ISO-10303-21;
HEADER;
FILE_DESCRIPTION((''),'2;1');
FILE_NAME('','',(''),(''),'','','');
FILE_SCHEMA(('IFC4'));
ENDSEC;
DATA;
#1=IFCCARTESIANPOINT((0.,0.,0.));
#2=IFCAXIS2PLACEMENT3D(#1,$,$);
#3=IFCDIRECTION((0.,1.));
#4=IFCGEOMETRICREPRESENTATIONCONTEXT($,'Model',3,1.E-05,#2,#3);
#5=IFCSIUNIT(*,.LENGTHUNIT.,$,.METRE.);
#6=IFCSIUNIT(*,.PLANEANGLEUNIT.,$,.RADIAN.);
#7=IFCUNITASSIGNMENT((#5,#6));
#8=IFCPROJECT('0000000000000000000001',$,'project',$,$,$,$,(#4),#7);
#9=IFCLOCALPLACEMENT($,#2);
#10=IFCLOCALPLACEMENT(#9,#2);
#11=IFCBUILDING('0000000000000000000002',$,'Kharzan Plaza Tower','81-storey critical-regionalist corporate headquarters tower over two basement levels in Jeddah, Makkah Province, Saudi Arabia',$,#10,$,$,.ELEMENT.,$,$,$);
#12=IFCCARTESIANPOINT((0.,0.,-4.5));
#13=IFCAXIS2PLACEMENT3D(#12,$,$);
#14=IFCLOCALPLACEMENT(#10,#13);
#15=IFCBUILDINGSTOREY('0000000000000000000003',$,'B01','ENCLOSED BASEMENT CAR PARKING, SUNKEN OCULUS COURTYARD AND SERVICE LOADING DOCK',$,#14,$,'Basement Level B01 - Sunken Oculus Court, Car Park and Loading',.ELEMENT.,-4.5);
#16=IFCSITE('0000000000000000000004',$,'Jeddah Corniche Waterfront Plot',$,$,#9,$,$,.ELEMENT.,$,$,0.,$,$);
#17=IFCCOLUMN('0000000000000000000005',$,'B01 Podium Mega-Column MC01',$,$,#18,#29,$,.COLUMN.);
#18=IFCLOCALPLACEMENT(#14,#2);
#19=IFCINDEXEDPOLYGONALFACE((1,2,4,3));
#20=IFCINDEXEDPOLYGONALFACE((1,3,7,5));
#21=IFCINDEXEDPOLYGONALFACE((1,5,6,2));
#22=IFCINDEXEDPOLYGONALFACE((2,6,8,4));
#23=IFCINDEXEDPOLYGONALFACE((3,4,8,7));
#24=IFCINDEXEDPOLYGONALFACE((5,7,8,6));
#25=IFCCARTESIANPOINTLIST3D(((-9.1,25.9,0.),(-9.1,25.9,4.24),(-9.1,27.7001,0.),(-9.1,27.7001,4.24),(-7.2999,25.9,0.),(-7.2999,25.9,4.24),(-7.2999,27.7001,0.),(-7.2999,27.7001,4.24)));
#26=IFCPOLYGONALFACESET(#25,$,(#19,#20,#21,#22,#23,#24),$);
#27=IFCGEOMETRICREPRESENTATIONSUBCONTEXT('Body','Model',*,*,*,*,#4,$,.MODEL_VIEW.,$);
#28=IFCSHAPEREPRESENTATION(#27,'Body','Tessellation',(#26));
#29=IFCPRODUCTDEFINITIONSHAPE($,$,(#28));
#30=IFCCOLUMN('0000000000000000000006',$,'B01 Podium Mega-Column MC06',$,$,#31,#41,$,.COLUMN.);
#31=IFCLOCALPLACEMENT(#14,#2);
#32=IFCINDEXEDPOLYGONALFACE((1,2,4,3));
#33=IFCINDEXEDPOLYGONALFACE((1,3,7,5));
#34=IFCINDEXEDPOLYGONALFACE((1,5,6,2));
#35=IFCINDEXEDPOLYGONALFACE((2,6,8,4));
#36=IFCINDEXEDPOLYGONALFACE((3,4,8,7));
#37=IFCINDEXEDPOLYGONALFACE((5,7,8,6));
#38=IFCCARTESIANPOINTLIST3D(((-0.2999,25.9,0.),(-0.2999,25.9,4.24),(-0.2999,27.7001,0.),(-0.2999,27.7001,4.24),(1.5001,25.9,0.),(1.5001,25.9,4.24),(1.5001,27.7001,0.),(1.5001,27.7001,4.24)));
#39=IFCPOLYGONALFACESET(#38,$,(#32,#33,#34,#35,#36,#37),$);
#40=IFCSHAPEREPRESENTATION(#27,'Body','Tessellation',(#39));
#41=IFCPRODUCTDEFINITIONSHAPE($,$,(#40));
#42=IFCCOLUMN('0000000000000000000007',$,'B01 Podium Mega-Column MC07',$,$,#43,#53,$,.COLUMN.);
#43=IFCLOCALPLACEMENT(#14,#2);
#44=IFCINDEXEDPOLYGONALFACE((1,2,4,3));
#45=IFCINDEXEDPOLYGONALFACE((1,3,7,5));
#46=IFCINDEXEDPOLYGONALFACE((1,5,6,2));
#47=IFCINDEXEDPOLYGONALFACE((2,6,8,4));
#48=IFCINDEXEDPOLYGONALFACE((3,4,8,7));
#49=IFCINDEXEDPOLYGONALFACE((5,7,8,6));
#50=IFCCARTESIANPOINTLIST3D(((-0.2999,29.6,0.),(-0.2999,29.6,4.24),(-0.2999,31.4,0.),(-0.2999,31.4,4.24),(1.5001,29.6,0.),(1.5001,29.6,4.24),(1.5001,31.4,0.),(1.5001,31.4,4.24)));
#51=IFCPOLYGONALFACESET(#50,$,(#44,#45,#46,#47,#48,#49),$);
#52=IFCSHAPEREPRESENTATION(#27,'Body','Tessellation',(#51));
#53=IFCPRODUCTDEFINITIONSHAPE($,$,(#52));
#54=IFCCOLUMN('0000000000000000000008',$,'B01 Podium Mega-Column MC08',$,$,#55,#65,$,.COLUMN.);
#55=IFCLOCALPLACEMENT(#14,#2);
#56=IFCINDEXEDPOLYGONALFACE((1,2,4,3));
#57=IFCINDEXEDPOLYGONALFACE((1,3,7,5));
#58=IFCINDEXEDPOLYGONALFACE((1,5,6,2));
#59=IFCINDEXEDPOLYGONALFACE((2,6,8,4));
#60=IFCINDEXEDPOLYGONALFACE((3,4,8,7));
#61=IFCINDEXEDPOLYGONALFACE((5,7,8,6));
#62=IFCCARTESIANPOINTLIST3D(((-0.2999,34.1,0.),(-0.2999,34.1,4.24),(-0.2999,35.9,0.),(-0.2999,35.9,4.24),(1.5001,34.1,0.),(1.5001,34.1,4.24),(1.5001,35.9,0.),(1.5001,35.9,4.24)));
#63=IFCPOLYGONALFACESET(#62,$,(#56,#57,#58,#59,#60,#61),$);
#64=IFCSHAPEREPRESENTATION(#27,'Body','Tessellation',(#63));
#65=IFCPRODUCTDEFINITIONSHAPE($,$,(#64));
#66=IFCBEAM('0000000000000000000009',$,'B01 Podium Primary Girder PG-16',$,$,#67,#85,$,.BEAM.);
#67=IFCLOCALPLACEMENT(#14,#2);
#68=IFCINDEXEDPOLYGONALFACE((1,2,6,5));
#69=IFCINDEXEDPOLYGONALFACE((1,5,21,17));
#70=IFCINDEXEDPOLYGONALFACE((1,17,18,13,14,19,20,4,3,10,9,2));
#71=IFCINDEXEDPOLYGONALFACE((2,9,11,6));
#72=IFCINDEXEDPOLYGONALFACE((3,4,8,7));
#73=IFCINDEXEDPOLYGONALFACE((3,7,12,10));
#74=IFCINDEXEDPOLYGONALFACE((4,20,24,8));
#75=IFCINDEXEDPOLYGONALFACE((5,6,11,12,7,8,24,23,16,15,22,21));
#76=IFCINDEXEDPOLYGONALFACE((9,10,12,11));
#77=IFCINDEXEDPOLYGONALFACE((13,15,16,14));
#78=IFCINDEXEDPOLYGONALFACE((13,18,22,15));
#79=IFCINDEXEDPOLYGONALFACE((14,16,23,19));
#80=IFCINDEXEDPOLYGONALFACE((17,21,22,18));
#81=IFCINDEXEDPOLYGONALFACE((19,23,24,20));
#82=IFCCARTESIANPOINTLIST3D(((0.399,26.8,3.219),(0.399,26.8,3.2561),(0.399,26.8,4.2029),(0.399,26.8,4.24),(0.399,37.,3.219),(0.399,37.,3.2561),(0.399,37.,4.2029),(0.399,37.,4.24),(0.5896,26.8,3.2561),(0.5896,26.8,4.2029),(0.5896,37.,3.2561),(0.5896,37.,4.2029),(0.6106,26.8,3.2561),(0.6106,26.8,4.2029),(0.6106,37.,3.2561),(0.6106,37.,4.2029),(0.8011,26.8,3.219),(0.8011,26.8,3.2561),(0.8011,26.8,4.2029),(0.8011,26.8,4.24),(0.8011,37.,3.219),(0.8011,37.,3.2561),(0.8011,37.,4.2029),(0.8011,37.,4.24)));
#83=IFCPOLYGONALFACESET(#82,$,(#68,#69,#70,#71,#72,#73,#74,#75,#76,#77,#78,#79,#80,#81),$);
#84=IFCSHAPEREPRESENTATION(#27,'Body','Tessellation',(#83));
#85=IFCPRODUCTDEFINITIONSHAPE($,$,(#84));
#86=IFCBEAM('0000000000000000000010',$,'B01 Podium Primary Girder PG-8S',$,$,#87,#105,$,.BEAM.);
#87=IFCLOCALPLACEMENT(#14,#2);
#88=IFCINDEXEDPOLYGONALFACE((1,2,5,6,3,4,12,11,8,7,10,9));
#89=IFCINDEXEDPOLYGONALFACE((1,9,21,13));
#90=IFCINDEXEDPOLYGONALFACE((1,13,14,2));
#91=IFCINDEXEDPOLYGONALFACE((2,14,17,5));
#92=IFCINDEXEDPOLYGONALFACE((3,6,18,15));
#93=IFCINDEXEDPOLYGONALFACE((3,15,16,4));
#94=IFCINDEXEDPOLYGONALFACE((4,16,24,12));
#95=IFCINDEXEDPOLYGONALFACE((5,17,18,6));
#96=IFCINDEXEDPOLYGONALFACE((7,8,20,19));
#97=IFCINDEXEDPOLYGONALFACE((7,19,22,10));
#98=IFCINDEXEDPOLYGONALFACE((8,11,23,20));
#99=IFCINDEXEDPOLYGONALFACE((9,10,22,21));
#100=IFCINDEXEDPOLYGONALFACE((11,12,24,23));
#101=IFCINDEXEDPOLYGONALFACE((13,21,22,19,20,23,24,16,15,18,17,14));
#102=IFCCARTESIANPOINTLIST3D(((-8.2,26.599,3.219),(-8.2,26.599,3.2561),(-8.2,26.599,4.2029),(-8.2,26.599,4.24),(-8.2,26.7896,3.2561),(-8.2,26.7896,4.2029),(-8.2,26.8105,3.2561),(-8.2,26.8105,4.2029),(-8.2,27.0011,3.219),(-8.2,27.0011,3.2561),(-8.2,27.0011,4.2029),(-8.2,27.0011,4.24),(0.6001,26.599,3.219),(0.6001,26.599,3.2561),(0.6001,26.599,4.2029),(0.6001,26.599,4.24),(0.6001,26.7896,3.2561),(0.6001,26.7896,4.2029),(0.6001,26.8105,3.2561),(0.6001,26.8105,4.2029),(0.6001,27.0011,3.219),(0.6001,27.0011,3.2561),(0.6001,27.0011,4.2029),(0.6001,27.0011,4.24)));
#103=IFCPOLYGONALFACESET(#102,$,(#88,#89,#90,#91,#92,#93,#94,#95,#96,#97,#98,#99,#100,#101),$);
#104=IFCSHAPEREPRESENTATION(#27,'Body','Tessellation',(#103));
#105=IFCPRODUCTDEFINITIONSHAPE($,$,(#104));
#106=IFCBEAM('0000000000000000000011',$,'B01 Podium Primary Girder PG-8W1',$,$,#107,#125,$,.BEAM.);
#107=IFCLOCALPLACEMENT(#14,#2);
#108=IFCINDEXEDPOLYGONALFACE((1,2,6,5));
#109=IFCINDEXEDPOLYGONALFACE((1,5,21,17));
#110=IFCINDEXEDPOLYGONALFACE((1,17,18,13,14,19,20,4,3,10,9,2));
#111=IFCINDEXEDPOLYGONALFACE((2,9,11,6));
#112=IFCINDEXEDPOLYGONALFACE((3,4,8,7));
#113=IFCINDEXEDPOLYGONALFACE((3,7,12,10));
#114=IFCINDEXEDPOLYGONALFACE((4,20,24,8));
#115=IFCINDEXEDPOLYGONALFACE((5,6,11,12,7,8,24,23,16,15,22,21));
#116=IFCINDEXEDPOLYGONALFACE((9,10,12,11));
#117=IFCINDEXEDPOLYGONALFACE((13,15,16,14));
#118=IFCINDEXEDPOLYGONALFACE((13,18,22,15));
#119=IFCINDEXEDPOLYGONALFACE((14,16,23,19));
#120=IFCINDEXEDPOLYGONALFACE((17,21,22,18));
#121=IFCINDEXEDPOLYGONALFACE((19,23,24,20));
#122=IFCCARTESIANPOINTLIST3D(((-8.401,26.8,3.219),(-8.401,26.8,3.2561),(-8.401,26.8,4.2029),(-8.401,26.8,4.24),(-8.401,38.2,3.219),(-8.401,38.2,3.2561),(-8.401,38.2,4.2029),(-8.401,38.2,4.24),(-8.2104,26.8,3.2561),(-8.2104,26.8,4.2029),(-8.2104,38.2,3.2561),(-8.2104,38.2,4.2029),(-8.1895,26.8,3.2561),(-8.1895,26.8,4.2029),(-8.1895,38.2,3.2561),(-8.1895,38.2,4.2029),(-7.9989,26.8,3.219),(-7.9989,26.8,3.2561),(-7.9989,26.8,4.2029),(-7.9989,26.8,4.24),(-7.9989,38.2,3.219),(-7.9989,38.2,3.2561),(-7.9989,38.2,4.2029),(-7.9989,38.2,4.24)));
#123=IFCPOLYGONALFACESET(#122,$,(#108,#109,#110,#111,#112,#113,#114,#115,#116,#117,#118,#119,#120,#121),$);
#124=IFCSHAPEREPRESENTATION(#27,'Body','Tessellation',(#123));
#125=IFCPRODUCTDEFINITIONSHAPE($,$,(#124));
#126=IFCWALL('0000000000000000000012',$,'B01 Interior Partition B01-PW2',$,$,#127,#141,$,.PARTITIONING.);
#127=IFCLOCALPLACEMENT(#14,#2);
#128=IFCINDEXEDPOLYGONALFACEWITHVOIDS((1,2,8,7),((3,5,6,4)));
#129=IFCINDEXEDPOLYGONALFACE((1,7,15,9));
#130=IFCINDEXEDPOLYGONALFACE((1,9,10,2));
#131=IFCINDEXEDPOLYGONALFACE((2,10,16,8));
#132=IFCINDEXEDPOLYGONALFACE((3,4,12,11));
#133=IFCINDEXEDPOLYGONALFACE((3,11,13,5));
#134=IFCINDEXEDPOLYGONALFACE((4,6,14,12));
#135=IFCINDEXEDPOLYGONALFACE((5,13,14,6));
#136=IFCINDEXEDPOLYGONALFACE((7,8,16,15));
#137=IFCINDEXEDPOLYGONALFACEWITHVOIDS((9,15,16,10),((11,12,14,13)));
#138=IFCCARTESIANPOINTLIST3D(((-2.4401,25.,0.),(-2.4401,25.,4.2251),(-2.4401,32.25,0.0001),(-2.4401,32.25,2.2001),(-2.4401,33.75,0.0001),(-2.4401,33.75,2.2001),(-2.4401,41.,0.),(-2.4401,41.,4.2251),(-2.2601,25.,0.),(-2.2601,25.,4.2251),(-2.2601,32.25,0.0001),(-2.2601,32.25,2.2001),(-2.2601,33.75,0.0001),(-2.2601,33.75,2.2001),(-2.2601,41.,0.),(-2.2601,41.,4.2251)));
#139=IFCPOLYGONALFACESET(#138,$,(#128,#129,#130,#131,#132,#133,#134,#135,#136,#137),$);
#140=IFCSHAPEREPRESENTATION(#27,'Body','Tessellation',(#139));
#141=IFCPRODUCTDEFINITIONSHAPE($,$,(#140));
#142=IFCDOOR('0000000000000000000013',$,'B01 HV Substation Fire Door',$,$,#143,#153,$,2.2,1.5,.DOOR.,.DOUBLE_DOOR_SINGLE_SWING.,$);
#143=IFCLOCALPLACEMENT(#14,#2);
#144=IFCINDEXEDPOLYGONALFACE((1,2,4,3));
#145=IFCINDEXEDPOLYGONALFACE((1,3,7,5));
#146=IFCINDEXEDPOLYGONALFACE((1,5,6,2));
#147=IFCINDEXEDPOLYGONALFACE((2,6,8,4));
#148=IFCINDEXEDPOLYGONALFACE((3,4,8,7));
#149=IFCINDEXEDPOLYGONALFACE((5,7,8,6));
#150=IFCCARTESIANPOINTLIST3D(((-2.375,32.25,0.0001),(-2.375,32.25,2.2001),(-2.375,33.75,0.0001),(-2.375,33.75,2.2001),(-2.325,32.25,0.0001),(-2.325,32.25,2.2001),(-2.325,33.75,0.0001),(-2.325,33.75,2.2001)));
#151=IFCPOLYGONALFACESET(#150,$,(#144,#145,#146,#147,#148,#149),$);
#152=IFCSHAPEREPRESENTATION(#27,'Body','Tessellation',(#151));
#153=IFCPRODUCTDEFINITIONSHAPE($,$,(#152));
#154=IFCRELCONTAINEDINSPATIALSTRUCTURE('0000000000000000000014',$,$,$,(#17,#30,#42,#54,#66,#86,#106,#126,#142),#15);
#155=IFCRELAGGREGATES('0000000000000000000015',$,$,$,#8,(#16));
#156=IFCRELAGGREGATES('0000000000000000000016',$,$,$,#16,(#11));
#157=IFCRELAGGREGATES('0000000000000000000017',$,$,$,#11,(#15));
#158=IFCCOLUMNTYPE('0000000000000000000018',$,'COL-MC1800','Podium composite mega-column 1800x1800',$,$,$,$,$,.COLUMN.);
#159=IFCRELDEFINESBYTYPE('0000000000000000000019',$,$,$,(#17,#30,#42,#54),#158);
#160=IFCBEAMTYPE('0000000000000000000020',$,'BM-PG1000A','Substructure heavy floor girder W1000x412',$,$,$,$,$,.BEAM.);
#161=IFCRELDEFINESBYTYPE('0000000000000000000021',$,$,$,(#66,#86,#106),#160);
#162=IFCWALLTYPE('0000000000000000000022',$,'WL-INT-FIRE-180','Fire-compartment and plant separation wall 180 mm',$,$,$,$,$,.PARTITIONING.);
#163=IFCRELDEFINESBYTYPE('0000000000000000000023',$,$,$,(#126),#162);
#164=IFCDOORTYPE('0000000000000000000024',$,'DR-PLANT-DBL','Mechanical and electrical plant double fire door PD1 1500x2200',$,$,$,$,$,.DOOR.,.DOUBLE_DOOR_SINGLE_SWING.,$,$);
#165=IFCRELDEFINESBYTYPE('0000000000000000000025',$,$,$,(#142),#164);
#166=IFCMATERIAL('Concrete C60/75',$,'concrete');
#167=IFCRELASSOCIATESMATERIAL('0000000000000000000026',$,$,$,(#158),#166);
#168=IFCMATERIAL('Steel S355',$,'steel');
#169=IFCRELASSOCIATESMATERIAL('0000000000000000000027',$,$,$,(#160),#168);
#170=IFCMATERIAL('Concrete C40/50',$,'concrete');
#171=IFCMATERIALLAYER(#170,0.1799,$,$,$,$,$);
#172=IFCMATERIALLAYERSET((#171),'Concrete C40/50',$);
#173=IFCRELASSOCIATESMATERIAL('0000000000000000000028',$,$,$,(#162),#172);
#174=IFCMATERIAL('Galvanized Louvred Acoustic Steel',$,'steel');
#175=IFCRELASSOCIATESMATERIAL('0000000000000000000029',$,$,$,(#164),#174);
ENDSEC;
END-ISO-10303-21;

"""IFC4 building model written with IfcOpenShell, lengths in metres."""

from ifc_helpers import new_model, si_unit, direction, frame, frame_2d, origin, origin_2d, place, context, subcontext, project, spatial, rectangle, i_section, extrude, source, transform, mapped, material, layer, layer_set, material_profile, profile_set, type_object, element, fill, save


model = new_model("IFC4")

# Units and contexts
model_context = context("Model", 3, precision=1e-05, world=origin(), true_north=direction((0.0, 1.0)))
body_context = subcontext(model_context, "Body", "Model", "MODEL_VIEW")
ifc_project = project(units=[si_unit("LENGTHUNIT", "METRE"), si_unit("PLANEANGLEUNIT", "RADIAN")], contexts=[model_context])

# Site, building, storey
site_placement = place(None, origin())
site = spatial("IfcSite", under=ifc_project, at=site_placement, Name="Jeddah Corniche Waterfront Plot", CompositionType="ELEMENT", RefElevation=0.0)
building_placement = place(site_placement, origin())
building = spatial("IfcBuilding", under=site, at=building_placement, Name="Kharzan Plaza Tower", Description="81-storey critical-regionalist corporate headquarters tower over two basement levels in Jeddah, Makkah Province, Saudi Arabia", CompositionType="ELEMENT")
storey_placement = place(building_placement, frame((0.0, 0.0, -4.5)))
storey = spatial("IfcBuildingStorey", under=building, at=storey_placement, Name="B01", Description="ENCLOSED BASEMENT CAR PARKING, SUNKEN OCULUS COURTYARD AND SERVICE LOADING DOCK", LongName="Basement Level B01 - Sunken Oculus Court, Car Park and Loading", CompositionType="ELEMENT", Elevation=-4.5)

# Columns
ifc_material_1 = material(Name="Concrete C60/75", Category="concrete")
ifc_material_profile_1 = material_profile(ifc_material_1, rectangle(XDim=1.8, YDim=1.8, at=origin_2d()), Name="RC-MC1800x1800")
ifc_profile_set_1 = profile_set([ifc_material_profile_1], Name="Concrete C60/75")
column_type = type_object("IfcColumnType", Name="COL-MC1800", Description="Podium composite mega-column 1800x1800", PredefinedType="COLUMN", material=ifc_profile_set_1)
shared_shape_1 = source(origin(), body_context, "Body", "SweptSolid", [
    extrude(rectangle(XDim=1.8, YDim=1.8, at=origin_2d()), origin(), (0.0, 0.0, 1.0), 4.24),
])
for number, where, z_axis, x_axis, name in (
    (1, (-8.2, 26.8, 0.0), (0.0, 0.0, 1.0), (1.0, 0.0, 0.0), "B01 Podium Mega-Column MC01"),
    (2, (0.6001, 26.8, 0.0), (0.0, 0.0, 1.0), (1.0, 0.0, 0.0), "B01 Podium Mega-Column MC06"),
    (3, (0.6001, 30.5, 0.0), (0.0, 0.0, 1.0), (1.0, 0.0, 0.0), "B01 Podium Mega-Column MC07"),
    (4, (0.6001, 35.0, 0.0), (0.0, 0.0, 1.0), (1.0, 0.0, 0.0), "B01 Podium Mega-Column MC08"),
):
    element("IfcColumn", number, at=place(storey_placement, frame(where, z_axis=z_axis, x_axis=x_axis)), inside=storey, type_object=column_type, Name=name, PredefinedType="COLUMN", context=body_context, shape_type="MappedRepresentation", body=[
        mapped(shared_shape_1, transform((0.0, 0.0, 0.0), x_axis=(1.0, 0.0, 0.0), y_axis=(0.0, 1.0, 0.0), z_axis=(0.0, 0.0, 1.0))),
    ])

# Beams
ifc_material_2 = material(Name="Steel S355", Category="steel")
ifc_material_profile_2 = material_profile(ifc_material_2, i_section(OverallWidth=0.4021, OverallDepth=1.021, WebThickness=0.021, FlangeThickness=0.0371, at=origin_2d()), Name="W1000x412")
ifc_profile_set_2 = profile_set([ifc_material_profile_2], Name="Steel S355")
beam_type = type_object("IfcBeamType", Name="BM-PG1000A", Description="Substructure heavy floor girder W1000x412", PredefinedType="BEAM", material=ifc_profile_set_2)
shared_shape_2 = source(origin(), body_context, "Body", "SweptSolid", [
    extrude(i_section(OverallWidth=0.4021, OverallDepth=1.021, WebThickness=0.021, FlangeThickness=0.0371, at=origin_2d()), origin(), (0.0, 0.0, 1.0), 10.2),
])
beam_1_placement = place(storey_placement, frame((0.6001, 26.8, 3.7295), z_axis=(0.0, 1.0, 0.0), x_axis=(-1.0, 0.0, 0.0)))
element("IfcBeam", 5, at=beam_1_placement, inside=storey, type_object=beam_type, Name="B01 Podium Primary Girder PG-16", PredefinedType="BEAM", context=body_context, shape_type="MappedRepresentation", body=[
    mapped(shared_shape_2, transform((0.0, 0.0, 0.0), x_axis=(1.0, 0.0, 0.0), y_axis=(0.0, 1.0, 0.0), z_axis=(0.0, 0.0, 1.0))),
])
shared_shape_3 = source(origin(), body_context, "Body", "SweptSolid", [
    extrude(i_section(OverallWidth=0.4021, OverallDepth=1.021, WebThickness=0.021, FlangeThickness=0.0371, at=origin_2d()), origin(), (0.0, 0.0, 1.0), 8.8),
])
beam_2_placement = place(storey_placement, frame((-8.2, 26.8, 3.7295), z_axis=(1.0, 0.0, 0.0), x_axis=(0.0, 1.0, 0.0)))
element("IfcBeam", 6, at=beam_2_placement, inside=storey, type_object=beam_type, Name="B01 Podium Primary Girder PG-8S", PredefinedType="BEAM", context=body_context, shape_type="MappedRepresentation", body=[
    mapped(shared_shape_3, transform((0.0, 0.0, 0.0), x_axis=(1.0, 0.0, 0.0), y_axis=(0.0, 1.0, 0.0), z_axis=(0.0, 0.0, 1.0))),
])
shared_shape_4 = source(origin(), body_context, "Body", "SweptSolid", [
    extrude(i_section(OverallWidth=0.4021, OverallDepth=1.021, WebThickness=0.021, FlangeThickness=0.0371, at=origin_2d()), origin(), (0.0, 0.0, 1.0), 11.3999),
])
beam_3_placement = place(storey_placement, frame((-8.2, 26.8, 3.7295), z_axis=(0.0, 1.0, 0.0), x_axis=(-1.0, 0.0, 0.0)))
element("IfcBeam", 7, at=beam_3_placement, inside=storey, type_object=beam_type, Name="B01 Podium Primary Girder PG-8W1", PredefinedType="BEAM", context=body_context, shape_type="MappedRepresentation", body=[
    mapped(shared_shape_4, transform((0.0, 0.0, 0.0), x_axis=(1.0, 0.0, 0.0), y_axis=(0.0, 1.0, 0.0), z_axis=(0.0, 0.0, 1.0))),
])

# Wall, opening, door
ifc_material_3 = material(Name="Concrete C40/50", Category="concrete")
ifc_layer_1 = layer(ifc_material_3, 0.1799)
ifc_layer_set_1 = layer_set([ifc_layer_1], Name="Concrete C40/50")
wall_type_1 = type_object("IfcWallType", Name="WL-INT-FIRE-180", Description="Fire-compartment and plant separation wall 180 mm", PredefinedType="PARTITIONING", material=ifc_layer_set_1)
wall_1_placement = place(storey_placement, frame((-2.3501, 25.0, 0.0), z_axis=(0.0, 0.0, 1.0), x_axis=(0.0, 1.0, 0.0)))
wall_1 = element("IfcWall", 8, at=wall_1_placement, inside=storey, type_object=wall_type_1, Name="B01 Interior Partition B01-PW2", PredefinedType="PARTITIONING", context=body_context, shape_type="SweptSolid", body=[
    extrude(rectangle(XDim=16.0, YDim=0.1799, at=frame_2d((8.0, 0.0))), origin(), (0.0, 0.0, 1.0), 4.2251),
])
opening_1_placement = place(wall_1_placement, frame((7.25, 0.0, 0.0)))
opening_1 = element("IfcOpeningElement", 9, at=opening_1_placement, cuts=wall_1, PredefinedType="OPENING", context=body_context, shape_type="SweptSolid", body=[
    extrude(rectangle(XDim=1.5, YDim=2.2, at=frame_2d((0.75, 1.1001))), frame((0.0, 0.0999, 0.0), z_axis=(0.0, -1.0, 0.0), x_axis=(1.0, 0.0, 0.0)), (0.0, 0.0, 1.0), 0.2),
])
ifc_material_4 = material(Name="Galvanized Louvred Acoustic Steel", Category="steel")
door_type_1 = type_object("IfcDoorType", Name="DR-PLANT-DBL", Description="Mechanical and electrical plant double fire door PD1 1500x2200", OperationType="DOUBLE_DOOR_SINGLE_SWING", PredefinedType="DOOR", material=ifc_material_4)
shared_shape_5 = source(origin(), body_context, "Body", "SweptSolid", [
    extrude(rectangle(XDim=1.5, YDim=2.2, at=frame_2d((0.75, 1.1001))), frame((0.0, 0.0249, 0.0), z_axis=(0.0, -1.0, 0.0), x_axis=(1.0, 0.0, 0.0)), (0.0, 0.0, 1.0), 0.05),
])
door_1_placement = place(opening_1_placement, origin())
door_1 = element("IfcDoor", 10, at=door_1_placement, inside=storey, type_object=door_type_1, Name="B01 HV Substation Fire Door", OperationType="DOUBLE_DOOR_SINGLE_SWING", OverallHeight=2.2, OverallWidth=1.5, PredefinedType="DOOR", context=body_context, shape_type="MappedRepresentation", body=[
    mapped(shared_shape_5, transform((0.0, 0.0, 0.0), x_axis=(1.0, 0.0, 0.0), y_axis=(0.0, 1.0, 0.0), z_axis=(0.0, 0.0, 1.0))),
])
fill(opening_1, door_1)

save(model, "model.ifc")
